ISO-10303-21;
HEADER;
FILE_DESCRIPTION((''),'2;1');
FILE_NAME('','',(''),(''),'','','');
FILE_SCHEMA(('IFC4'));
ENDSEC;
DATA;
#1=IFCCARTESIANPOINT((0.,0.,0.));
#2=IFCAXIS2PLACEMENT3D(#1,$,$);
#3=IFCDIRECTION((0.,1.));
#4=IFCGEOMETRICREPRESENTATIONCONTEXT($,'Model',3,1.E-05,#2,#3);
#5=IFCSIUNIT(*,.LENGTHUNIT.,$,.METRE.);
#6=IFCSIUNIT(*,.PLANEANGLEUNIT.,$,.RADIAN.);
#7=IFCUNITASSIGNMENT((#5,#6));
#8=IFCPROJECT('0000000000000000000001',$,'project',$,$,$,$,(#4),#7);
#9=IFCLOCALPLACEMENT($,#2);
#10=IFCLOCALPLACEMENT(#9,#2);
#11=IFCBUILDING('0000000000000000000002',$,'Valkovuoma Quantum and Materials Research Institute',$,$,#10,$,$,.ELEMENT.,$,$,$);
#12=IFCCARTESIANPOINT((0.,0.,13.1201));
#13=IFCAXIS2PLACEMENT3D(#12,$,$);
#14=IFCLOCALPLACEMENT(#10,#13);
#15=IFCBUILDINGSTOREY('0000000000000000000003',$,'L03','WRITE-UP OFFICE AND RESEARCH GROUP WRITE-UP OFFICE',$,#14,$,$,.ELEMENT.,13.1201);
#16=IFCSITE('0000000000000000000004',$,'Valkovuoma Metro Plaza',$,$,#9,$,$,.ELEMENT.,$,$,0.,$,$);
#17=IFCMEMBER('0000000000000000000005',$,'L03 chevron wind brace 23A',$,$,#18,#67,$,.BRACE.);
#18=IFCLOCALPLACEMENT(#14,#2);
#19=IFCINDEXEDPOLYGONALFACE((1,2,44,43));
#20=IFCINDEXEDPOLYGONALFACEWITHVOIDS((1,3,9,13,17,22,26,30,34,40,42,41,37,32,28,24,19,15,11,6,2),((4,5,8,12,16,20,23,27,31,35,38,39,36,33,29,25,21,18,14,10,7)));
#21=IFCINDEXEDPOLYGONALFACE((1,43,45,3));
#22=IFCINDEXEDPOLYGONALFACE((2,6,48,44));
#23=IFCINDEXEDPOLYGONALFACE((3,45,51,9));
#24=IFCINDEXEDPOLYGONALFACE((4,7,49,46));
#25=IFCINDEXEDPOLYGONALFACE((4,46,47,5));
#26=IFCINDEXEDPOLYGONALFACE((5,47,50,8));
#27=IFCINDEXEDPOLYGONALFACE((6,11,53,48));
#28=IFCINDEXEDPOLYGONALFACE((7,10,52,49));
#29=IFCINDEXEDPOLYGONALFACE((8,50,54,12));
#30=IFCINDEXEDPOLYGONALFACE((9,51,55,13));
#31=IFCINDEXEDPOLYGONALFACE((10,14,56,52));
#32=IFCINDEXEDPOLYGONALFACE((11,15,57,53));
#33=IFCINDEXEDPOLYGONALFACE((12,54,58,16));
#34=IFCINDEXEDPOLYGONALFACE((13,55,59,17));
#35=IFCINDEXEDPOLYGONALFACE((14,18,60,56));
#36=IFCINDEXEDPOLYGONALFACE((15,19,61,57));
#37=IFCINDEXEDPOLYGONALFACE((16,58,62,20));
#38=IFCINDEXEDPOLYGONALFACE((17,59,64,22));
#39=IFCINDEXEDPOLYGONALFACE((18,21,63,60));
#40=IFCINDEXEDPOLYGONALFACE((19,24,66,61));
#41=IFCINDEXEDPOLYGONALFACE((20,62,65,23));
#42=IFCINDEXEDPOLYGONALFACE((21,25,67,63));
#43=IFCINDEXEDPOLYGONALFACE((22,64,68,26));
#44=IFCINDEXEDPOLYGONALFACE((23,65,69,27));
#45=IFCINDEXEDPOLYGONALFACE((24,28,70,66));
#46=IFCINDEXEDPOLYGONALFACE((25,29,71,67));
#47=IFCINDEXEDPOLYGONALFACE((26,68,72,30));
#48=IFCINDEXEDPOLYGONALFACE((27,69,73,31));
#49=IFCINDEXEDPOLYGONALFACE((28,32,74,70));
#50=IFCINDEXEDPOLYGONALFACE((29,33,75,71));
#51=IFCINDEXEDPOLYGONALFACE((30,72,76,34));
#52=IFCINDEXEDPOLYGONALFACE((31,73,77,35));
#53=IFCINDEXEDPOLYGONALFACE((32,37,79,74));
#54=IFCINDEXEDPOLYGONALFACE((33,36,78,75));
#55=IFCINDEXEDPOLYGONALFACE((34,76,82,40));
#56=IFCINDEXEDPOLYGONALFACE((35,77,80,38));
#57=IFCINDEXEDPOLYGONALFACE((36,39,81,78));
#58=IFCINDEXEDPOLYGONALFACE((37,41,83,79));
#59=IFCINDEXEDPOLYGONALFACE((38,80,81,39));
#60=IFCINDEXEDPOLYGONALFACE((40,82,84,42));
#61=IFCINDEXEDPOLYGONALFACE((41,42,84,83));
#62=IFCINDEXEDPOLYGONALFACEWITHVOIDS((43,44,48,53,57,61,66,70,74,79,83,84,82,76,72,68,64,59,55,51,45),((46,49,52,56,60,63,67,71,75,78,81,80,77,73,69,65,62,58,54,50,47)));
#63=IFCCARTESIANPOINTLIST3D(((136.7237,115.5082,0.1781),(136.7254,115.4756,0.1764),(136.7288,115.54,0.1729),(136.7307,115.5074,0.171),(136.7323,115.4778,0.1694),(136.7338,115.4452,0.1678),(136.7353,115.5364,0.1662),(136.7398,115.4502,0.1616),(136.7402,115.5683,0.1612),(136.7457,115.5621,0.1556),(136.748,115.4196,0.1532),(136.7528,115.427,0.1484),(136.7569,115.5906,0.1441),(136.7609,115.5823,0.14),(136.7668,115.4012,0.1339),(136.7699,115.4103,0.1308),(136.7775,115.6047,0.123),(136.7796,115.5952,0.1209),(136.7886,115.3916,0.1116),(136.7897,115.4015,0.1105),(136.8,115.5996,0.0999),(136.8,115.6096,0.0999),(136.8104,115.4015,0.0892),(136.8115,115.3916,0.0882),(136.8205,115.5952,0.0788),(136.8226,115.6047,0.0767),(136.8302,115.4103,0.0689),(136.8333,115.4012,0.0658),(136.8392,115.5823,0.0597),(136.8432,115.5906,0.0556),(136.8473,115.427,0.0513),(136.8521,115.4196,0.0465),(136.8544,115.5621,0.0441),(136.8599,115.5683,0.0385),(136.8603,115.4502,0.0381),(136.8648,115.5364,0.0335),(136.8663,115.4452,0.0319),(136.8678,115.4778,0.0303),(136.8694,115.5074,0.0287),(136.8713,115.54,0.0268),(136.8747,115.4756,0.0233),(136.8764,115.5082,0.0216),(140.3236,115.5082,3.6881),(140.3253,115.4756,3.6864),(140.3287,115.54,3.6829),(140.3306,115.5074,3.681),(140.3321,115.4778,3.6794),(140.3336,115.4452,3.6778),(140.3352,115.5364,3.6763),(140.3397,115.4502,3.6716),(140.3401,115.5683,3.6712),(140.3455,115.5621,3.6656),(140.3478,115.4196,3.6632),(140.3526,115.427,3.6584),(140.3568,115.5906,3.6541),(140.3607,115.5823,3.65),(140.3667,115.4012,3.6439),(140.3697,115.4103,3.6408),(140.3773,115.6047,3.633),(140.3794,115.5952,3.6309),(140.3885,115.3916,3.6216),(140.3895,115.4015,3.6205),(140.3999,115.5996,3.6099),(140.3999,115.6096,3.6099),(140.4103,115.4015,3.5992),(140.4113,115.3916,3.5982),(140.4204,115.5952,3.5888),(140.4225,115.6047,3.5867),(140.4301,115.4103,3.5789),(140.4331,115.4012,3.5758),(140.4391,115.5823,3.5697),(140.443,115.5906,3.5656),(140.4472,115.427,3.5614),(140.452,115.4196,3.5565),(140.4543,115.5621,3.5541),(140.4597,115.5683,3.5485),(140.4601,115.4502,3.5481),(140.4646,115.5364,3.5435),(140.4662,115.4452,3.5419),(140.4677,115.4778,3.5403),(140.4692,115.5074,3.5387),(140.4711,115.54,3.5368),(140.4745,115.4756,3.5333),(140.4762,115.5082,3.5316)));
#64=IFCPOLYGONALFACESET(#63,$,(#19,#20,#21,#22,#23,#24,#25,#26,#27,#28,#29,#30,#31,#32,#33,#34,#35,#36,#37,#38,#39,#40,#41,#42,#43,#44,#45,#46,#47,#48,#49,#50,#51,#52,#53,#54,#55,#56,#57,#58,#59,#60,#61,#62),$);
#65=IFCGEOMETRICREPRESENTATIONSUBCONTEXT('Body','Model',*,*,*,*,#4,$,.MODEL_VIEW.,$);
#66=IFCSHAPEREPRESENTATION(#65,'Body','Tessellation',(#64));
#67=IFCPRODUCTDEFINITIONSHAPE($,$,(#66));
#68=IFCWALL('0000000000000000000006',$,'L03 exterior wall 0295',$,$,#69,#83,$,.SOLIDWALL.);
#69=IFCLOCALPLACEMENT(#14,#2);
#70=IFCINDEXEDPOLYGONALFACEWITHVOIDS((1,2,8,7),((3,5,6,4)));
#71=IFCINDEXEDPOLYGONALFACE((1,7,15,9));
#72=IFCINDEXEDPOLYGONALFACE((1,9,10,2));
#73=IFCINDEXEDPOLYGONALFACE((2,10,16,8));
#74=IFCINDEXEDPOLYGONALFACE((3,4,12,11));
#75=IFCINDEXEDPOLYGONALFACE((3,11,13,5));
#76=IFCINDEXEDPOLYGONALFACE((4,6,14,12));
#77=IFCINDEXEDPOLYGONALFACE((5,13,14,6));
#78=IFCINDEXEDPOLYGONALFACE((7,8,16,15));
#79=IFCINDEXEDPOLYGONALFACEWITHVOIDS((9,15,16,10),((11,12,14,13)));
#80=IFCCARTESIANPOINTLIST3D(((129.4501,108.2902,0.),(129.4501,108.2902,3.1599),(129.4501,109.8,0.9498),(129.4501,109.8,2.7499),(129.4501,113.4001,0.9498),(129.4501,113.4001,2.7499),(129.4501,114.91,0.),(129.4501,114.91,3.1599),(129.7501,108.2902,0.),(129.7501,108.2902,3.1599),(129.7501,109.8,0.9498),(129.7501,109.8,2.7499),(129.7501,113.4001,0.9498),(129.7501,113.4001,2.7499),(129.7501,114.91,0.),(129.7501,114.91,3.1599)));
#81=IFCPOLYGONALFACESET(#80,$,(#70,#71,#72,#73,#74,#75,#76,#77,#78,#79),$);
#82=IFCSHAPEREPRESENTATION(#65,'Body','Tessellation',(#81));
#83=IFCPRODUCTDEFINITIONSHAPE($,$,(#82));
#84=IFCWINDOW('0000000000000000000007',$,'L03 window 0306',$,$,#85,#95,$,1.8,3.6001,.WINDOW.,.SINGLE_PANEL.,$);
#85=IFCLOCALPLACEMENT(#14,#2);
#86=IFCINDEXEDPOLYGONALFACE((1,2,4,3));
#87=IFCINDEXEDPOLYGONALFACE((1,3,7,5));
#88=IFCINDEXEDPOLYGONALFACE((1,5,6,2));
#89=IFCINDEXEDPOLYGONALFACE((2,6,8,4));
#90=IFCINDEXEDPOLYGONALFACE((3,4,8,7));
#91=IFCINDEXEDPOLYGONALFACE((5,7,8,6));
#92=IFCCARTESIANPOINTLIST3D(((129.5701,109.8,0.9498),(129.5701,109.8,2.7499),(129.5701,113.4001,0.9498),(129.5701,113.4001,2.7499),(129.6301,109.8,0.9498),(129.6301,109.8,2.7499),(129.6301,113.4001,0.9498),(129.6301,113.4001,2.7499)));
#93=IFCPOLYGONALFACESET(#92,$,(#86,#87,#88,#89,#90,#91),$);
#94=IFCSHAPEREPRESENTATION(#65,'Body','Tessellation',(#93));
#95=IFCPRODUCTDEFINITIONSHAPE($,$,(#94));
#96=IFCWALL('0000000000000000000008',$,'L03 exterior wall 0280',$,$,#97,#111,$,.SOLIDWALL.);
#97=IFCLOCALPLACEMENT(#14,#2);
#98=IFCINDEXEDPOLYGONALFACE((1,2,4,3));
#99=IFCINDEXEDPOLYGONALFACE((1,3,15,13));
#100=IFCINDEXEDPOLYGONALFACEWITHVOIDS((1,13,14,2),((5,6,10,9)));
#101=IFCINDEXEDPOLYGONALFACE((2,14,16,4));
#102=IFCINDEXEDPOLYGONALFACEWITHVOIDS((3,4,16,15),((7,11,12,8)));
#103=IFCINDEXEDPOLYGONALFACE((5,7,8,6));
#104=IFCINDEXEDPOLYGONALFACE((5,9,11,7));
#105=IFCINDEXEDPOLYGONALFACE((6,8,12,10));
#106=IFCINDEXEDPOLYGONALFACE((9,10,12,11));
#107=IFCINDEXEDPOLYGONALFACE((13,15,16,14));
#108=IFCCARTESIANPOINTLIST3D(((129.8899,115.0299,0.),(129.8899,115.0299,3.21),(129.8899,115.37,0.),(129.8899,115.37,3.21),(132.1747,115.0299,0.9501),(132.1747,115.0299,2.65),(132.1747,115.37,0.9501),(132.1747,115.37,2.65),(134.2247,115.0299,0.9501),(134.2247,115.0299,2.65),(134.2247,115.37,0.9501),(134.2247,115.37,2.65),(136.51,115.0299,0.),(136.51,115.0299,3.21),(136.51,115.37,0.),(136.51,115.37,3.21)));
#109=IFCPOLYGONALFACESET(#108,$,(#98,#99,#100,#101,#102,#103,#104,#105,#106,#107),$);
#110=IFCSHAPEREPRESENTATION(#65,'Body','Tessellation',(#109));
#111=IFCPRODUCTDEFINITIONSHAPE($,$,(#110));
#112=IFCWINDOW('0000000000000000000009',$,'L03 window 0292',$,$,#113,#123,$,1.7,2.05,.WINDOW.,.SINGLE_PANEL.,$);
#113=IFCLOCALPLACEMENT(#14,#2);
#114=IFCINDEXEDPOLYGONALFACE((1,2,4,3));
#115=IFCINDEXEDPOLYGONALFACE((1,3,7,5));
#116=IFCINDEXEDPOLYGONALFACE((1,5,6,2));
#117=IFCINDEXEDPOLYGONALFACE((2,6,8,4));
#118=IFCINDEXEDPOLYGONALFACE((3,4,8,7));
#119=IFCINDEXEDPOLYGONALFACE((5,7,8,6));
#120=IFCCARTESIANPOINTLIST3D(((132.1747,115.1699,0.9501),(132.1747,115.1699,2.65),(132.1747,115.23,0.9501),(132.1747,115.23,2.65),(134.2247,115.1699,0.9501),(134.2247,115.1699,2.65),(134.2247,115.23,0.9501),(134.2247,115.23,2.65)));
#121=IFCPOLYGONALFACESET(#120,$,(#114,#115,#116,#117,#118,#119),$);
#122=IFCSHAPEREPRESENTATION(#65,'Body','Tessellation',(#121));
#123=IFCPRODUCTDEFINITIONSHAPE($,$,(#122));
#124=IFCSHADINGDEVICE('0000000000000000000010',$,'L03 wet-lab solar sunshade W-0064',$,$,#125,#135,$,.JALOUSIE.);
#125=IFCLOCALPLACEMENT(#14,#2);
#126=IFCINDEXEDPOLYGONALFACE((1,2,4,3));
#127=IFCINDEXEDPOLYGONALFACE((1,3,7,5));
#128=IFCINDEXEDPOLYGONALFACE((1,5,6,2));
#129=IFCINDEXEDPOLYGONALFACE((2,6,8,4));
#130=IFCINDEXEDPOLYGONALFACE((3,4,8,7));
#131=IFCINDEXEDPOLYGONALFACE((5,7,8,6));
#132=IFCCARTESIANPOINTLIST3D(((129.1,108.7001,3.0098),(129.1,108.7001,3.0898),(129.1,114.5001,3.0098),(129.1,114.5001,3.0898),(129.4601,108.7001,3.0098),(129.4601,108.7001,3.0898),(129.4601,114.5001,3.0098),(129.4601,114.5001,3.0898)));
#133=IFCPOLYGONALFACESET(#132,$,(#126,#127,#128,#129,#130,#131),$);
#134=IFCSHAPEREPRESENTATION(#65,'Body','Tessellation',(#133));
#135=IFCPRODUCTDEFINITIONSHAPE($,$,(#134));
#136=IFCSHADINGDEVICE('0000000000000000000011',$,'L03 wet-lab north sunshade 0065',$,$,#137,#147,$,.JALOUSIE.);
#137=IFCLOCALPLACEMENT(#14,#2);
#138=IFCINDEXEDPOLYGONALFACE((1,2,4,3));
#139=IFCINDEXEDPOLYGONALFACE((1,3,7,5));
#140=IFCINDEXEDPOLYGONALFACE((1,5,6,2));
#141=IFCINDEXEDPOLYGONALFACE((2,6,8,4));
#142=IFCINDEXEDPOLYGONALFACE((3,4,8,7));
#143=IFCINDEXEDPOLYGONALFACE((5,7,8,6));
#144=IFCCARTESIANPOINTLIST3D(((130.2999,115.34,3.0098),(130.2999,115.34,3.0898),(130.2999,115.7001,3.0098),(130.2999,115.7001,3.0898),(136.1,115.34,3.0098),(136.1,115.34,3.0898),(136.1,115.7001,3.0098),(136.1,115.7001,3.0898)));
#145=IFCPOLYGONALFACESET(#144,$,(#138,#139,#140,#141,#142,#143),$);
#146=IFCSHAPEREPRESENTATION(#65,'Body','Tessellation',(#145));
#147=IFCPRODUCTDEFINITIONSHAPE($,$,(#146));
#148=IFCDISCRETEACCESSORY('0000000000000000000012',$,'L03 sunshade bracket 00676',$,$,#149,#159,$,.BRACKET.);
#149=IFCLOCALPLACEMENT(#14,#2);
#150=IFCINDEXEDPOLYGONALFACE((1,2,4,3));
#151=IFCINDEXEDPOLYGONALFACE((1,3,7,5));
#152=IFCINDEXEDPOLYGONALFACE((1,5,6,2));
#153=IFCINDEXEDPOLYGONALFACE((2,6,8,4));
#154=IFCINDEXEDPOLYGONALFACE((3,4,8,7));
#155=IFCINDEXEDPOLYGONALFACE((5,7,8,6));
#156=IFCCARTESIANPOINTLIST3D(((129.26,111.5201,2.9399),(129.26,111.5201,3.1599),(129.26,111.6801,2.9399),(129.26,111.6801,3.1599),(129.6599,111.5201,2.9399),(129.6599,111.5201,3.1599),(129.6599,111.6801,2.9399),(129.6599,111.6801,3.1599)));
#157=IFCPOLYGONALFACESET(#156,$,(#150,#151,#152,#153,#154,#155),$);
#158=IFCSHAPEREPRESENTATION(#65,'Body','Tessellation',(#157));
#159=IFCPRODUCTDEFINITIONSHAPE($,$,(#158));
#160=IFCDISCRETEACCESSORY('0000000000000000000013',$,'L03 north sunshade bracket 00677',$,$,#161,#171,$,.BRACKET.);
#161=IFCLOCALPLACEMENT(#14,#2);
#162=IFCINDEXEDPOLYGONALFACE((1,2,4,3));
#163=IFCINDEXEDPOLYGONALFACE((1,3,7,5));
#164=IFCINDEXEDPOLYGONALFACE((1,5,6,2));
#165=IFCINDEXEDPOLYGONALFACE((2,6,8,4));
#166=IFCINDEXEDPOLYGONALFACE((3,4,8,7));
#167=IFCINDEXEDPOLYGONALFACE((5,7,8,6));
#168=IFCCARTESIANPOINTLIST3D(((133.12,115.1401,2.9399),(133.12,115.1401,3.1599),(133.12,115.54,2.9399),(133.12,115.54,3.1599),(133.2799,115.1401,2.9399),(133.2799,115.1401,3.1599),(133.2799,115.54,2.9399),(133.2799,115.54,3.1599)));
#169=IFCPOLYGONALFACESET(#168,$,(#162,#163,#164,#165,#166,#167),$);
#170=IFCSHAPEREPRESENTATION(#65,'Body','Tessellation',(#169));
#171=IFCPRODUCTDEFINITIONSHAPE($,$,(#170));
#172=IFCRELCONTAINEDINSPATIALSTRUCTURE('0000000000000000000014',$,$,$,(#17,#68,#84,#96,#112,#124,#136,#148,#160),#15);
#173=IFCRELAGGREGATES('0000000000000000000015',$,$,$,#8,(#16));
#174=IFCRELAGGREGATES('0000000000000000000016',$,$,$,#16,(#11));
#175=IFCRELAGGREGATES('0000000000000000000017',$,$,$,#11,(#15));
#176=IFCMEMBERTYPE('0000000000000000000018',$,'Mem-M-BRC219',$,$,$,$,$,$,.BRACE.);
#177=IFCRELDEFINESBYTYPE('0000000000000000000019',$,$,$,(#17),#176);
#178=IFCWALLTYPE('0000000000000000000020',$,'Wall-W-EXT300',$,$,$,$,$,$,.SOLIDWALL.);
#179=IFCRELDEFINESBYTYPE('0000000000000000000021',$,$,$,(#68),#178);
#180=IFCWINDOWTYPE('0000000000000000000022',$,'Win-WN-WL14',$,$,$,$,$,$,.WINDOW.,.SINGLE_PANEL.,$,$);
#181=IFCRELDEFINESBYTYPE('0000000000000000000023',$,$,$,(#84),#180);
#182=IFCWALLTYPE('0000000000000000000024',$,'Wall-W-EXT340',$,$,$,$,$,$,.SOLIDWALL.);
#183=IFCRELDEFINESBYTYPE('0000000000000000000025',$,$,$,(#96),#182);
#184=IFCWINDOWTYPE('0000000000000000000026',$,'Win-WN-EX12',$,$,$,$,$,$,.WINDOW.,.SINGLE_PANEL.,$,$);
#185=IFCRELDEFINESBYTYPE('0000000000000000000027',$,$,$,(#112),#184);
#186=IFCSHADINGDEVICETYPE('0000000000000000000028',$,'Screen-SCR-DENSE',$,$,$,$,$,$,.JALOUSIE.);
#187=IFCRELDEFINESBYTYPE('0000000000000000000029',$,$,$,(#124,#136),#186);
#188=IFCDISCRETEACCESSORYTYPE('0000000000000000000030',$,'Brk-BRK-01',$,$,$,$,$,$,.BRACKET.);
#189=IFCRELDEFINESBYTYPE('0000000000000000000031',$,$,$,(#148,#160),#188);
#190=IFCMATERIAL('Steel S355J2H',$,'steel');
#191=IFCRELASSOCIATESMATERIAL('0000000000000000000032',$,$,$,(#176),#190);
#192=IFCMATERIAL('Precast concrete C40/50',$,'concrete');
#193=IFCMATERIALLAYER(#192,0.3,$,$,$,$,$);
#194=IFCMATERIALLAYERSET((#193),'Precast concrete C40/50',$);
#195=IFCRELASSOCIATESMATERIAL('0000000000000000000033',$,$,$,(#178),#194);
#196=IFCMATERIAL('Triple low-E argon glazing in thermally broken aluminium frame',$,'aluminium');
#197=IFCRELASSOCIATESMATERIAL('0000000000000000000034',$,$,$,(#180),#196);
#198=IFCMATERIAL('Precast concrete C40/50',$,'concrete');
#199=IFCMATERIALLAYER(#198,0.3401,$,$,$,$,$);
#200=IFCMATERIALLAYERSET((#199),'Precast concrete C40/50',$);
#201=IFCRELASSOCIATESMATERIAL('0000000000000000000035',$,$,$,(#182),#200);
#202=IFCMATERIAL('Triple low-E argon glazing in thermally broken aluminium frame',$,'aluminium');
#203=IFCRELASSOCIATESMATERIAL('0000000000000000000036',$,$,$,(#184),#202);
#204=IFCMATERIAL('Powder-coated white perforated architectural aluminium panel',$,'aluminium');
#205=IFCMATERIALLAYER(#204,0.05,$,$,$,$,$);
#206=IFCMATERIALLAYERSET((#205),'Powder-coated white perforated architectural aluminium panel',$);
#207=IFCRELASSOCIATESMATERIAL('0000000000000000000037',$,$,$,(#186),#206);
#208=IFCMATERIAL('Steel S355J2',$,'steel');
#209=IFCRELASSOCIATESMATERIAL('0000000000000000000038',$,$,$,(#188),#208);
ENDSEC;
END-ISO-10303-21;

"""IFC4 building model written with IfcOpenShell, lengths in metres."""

from ifc_helpers import new_model, si_unit, direction, frame, frame_2d, origin, origin_2d, place, context, subcontext, project, spatial, rectangle, hollow_circle, extrude, material, layer, layer_set, material_profile, profile_set, type_object, element, fill, save


model = new_model("IFC4")

# Units and contexts
model_context = context("Model", 3, precision=1e-05, world=origin(), true_north=direction((0.0, 1.0)))
body_context = subcontext(model_context, "Body", "Model", "MODEL_VIEW")
ifc_project = project(units=[si_unit("LENGTHUNIT", "METRE"), si_unit("PLANEANGLEUNIT", "RADIAN")], contexts=[model_context])

# Site, building, storey
site_placement = place(None, origin())
site = spatial("IfcSite", under=ifc_project, at=site_placement, Name="Valkovuoma Metro Plaza", CompositionType="ELEMENT", RefElevation=0.0)
building_placement = place(site_placement, origin())
building = spatial("IfcBuilding", under=site, at=building_placement, Name="Valkovuoma Quantum and Materials Research Institute", CompositionType="ELEMENT")
storey_placement = place(building_placement, frame((0.0, 0.0, 13.1201)))
storey = spatial("IfcBuildingStorey", under=building, at=storey_placement, Name="L03", Description="WRITE-UP OFFICE AND RESEARCH GROUP WRITE-UP OFFICE", CompositionType="ELEMENT", Elevation=13.1201)

# Member
ifc_material_1 = material(Name="Steel S355J2H", Category="steel")
ifc_material_profile_1 = material_profile(ifc_material_1, hollow_circle(Radius=0.1096, WallThickness=0.01, at=origin_2d()), Name="Steel S355J2H")
ifc_profile_set_1 = profile_set([ifc_material_profile_1], Name="Steel S355J2H")
member_type = type_object("IfcMemberType", Name="Mem-M-BRC219", PredefinedType="BRACE", material=ifc_profile_set_1)
member_placement = place(storey_placement, frame((136.8, 115.5, 0.0999), z_axis=(0.715985, 0.0, 0.698116), x_axis=(0.0, 1.0, 0.0)))
element("IfcMember", 1, at=member_placement, inside=storey, type_object=member_type, Name="L03 chevron wind brace 23A", PredefinedType="BRACE", context=body_context, shape_type="SweptSolid", body=[
    extrude(hollow_circle(Radius=0.1096, WallThickness=0.01, at=origin_2d()), origin(), (0.0, 0.0, 1.0), 5.0278),
])

# Walls, openings, windows
ifc_material_2 = material(Name="Precast concrete C40/50", Category="concrete")
ifc_layer_1 = layer(ifc_material_2, 0.3)
ifc_layer_set_1 = layer_set([ifc_layer_1], Name="Precast concrete C40/50")
wall_type_1 = type_object("IfcWallType", Name="Wall-W-EXT300", PredefinedType="SOLIDWALL", material=ifc_layer_set_1)
wall_1_placement = place(storey_placement, frame((129.6001, 108.29, 0.0), z_axis=(0.0, 0.0, 1.0), x_axis=(0.0, 1.0, 0.0)))
wall_1 = element("IfcWall", 2, at=wall_1_placement, inside=storey, type_object=wall_type_1, Name="L03 exterior wall 0295", PredefinedType="SOLIDWALL", context=body_context, shape_type="SweptSolid", body=[
    extrude(rectangle(XDim=6.6199, YDim=0.3, at=frame_2d((3.3101, 0.0))), origin(), (0.0, 0.0, 1.0), 3.1599),
])
opening_1_placement = place(wall_1_placement, frame((1.51, 0.0, 0.95)))
opening_1 = element("IfcOpeningElement", 3, at=opening_1_placement, cuts=wall_1, PredefinedType="OPENING", context=body_context, shape_type="SweptSolid", body=[
    extrude(rectangle(XDim=3.6001, YDim=1.8, at=frame_2d((1.8, 0.8999))), frame((0.0, 0.1602, 0.0), z_axis=(0.0, -1.0, 0.0), x_axis=(1.0, 0.0, 0.0)), (0.0, 0.0, 1.0), 0.3201),
])
ifc_material_3 = material(Name="Triple low-E argon glazing in thermally broken aluminium frame", Category="aluminium")
window_type_1 = type_object("IfcWindowType", Name="Win-WN-WL14", PartitioningType="SINGLE_PANEL", PredefinedType="WINDOW", material=ifc_material_3)
window_1_placement = place(opening_1_placement, origin())
window_1 = element("IfcWindow", 4, at=window_1_placement, inside=storey, type_object=window_type_1, Name="L03 window 0306", OverallHeight=1.8, OverallWidth=3.6001, PartitioningType="SINGLE_PANEL", PredefinedType="WINDOW", context=body_context, shape_type="SweptSolid", body=[
    extrude(rectangle(XDim=3.6001, YDim=1.8, at=frame_2d((1.8, 0.8999))), frame((0.0, 0.03, 0.0), z_axis=(0.0, -1.0, 0.0), x_axis=(1.0, 0.0, 0.0)), (0.0, 0.0, 1.0), 0.0601),
])
fill(opening_1, window_1)
ifc_material_4 = material(Name="Precast concrete C40/50", Category="concrete")
ifc_layer_2 = layer(ifc_material_4, 0.3401)
ifc_layer_set_2 = layer_set([ifc_layer_2], Name="Precast concrete C40/50")
wall_type_2 = type_object("IfcWallType", Name="Wall-W-EXT340", PredefinedType="SOLIDWALL", material=ifc_layer_set_2)
wall_2_placement = place(storey_placement, frame((129.8899, 115.2, 0.0), z_axis=(0.0, 0.0, 1.0), x_axis=(1.0, 0.0, 0.0)))
wall_2 = element("IfcWall", 5, at=wall_2_placement, inside=storey, type_object=wall_type_2, Name="L03 exterior wall 0280", PredefinedType="SOLIDWALL", context=body_context, shape_type="SweptSolid", body=[
    extrude(rectangle(XDim=6.6201, YDim=0.3401, at=frame_2d((3.3101, 0.0))), origin(), (0.0, 0.0, 1.0), 3.21),
])
opening_2_placement = place(wall_2_placement, frame((2.2849, 0.0, 0.95)))
opening_2 = element("IfcOpeningElement", 6, at=opening_2_placement, cuts=wall_2, PredefinedType="OPENING", context=body_context, shape_type="SweptSolid", body=[
    extrude(rectangle(XDim=2.05, YDim=1.7, at=frame_2d((1.0249, 0.8501))), frame((0.0, 0.1802, 0.0), z_axis=(0.0, -1.0, 0.0), x_axis=(1.0, 0.0, 0.0)), (0.0, 0.0, 1.0), 0.3601),
])
ifc_material_5 = material(Name="Triple low-E argon glazing in thermally broken aluminium frame", Category="aluminium")
window_type_2 = type_object("IfcWindowType", Name="Win-WN-EX12", PartitioningType="SINGLE_PANEL", PredefinedType="WINDOW", material=ifc_material_5)
window_2_placement = place(opening_2_placement, origin())
window_2 = element("IfcWindow", 7, at=window_2_placement, inside=storey, type_object=window_type_2, Name="L03 window 0292", OverallHeight=1.7, OverallWidth=2.05, PartitioningType="SINGLE_PANEL", PredefinedType="WINDOW", context=body_context, shape_type="SweptSolid", body=[
    extrude(rectangle(XDim=2.05, YDim=1.7, at=frame_2d((1.0249, 0.8501))), frame((0.0, 0.03, 0.0), z_axis=(0.0, -1.0, 0.0), x_axis=(1.0, 0.0, 0.0)), (0.0, 0.0, 1.0), 0.0601),
])
fill(opening_2, window_2)

# Shading devices
ifc_material_6 = material(Name="Powder-coated white perforated architectural aluminium panel", Category="aluminium")
ifc_layer_3 = layer(ifc_material_6, 0.05)
ifc_layer_set_3 = layer_set([ifc_layer_3], Name="Powder-coated white perforated architectural aluminium panel")
shading_device_type = type_object("IfcShadingDeviceType", Name="Screen-SCR-DENSE", PredefinedType="JALOUSIE", material=ifc_layer_set_3)
shading_device_1_placement = place(storey_placement, frame((129.28, 111.6001, 3.0098), z_axis=(0.0, 0.0, 1.0), x_axis=(1.0, 0.0, 0.0)))
element("IfcShadingDevice", 8, at=shading_device_1_placement, inside=storey, type_object=shading_device_type, Name="L03 wet-lab solar sunshade W-0064", PredefinedType="JALOUSIE", context=body_context, shape_type="SweptSolid", body=[
    extrude(rectangle(XDim=0.3601, YDim=5.8, at=origin_2d()), origin(), (0.0, 0.0, 1.0), 0.0801),
])
shading_device_2_placement = place(storey_placement, frame((133.2, 115.52, 3.0098), z_axis=(0.0, 0.0, 1.0), x_axis=(1.0, 0.0, 0.0)))
element("IfcShadingDevice", 9, at=shading_device_2_placement, inside=storey, type_object=shading_device_type, Name="L03 wet-lab north sunshade 0065", PredefinedType="JALOUSIE", context=body_context, shape_type="SweptSolid", body=[
    extrude(rectangle(XDim=5.8, YDim=0.3601, at=origin_2d()), origin(), (0.0, 0.0, 1.0), 0.0801),
])

# Discrete accessories
ifc_material_7 = material(Name="Steel S355J2", Category="steel")
discrete_accessory_type_1 = type_object("IfcDiscreteAccessoryType", Name="Brk-BRK-01", PredefinedType="BRACKET", material=ifc_material_7)
discrete_accessory_1_placement = place(storey_placement, frame((129.46, 111.6001, 2.9399), z_axis=(0.0, 0.0, 1.0), x_axis=(1.0, 0.0, 0.0)))
element("IfcDiscreteAccessory", 10, at=discrete_accessory_1_placement, inside=storey, type_object=discrete_accessory_type_1, Name="L03 sunshade bracket 00676", PredefinedType="BRACKET", context=body_context, shape_type="SweptSolid", body=[
    extrude(rectangle(XDim=0.3999, YDim=0.1599, at=origin_2d()), origin(), (0.0, 0.0, 1.0), 0.22),
])
discrete_accessory_2_placement = place(storey_placement, frame((133.2, 115.3401, 2.9399), z_axis=(0.0, 0.0, 1.0), x_axis=(1.0, 0.0, 0.0)))
element("IfcDiscreteAccessory", 11, at=discrete_accessory_2_placement, inside=storey, type_object=discrete_accessory_type_1, Name="L03 north sunshade bracket 00677", PredefinedType="BRACKET", context=body_context, shape_type="SweptSolid", body=[
    extrude(rectangle(XDim=0.1599, YDim=0.3999, at=origin_2d()), origin(), (0.0, 0.0, 1.0), 0.22),
])

save(model, "model.ifc")
